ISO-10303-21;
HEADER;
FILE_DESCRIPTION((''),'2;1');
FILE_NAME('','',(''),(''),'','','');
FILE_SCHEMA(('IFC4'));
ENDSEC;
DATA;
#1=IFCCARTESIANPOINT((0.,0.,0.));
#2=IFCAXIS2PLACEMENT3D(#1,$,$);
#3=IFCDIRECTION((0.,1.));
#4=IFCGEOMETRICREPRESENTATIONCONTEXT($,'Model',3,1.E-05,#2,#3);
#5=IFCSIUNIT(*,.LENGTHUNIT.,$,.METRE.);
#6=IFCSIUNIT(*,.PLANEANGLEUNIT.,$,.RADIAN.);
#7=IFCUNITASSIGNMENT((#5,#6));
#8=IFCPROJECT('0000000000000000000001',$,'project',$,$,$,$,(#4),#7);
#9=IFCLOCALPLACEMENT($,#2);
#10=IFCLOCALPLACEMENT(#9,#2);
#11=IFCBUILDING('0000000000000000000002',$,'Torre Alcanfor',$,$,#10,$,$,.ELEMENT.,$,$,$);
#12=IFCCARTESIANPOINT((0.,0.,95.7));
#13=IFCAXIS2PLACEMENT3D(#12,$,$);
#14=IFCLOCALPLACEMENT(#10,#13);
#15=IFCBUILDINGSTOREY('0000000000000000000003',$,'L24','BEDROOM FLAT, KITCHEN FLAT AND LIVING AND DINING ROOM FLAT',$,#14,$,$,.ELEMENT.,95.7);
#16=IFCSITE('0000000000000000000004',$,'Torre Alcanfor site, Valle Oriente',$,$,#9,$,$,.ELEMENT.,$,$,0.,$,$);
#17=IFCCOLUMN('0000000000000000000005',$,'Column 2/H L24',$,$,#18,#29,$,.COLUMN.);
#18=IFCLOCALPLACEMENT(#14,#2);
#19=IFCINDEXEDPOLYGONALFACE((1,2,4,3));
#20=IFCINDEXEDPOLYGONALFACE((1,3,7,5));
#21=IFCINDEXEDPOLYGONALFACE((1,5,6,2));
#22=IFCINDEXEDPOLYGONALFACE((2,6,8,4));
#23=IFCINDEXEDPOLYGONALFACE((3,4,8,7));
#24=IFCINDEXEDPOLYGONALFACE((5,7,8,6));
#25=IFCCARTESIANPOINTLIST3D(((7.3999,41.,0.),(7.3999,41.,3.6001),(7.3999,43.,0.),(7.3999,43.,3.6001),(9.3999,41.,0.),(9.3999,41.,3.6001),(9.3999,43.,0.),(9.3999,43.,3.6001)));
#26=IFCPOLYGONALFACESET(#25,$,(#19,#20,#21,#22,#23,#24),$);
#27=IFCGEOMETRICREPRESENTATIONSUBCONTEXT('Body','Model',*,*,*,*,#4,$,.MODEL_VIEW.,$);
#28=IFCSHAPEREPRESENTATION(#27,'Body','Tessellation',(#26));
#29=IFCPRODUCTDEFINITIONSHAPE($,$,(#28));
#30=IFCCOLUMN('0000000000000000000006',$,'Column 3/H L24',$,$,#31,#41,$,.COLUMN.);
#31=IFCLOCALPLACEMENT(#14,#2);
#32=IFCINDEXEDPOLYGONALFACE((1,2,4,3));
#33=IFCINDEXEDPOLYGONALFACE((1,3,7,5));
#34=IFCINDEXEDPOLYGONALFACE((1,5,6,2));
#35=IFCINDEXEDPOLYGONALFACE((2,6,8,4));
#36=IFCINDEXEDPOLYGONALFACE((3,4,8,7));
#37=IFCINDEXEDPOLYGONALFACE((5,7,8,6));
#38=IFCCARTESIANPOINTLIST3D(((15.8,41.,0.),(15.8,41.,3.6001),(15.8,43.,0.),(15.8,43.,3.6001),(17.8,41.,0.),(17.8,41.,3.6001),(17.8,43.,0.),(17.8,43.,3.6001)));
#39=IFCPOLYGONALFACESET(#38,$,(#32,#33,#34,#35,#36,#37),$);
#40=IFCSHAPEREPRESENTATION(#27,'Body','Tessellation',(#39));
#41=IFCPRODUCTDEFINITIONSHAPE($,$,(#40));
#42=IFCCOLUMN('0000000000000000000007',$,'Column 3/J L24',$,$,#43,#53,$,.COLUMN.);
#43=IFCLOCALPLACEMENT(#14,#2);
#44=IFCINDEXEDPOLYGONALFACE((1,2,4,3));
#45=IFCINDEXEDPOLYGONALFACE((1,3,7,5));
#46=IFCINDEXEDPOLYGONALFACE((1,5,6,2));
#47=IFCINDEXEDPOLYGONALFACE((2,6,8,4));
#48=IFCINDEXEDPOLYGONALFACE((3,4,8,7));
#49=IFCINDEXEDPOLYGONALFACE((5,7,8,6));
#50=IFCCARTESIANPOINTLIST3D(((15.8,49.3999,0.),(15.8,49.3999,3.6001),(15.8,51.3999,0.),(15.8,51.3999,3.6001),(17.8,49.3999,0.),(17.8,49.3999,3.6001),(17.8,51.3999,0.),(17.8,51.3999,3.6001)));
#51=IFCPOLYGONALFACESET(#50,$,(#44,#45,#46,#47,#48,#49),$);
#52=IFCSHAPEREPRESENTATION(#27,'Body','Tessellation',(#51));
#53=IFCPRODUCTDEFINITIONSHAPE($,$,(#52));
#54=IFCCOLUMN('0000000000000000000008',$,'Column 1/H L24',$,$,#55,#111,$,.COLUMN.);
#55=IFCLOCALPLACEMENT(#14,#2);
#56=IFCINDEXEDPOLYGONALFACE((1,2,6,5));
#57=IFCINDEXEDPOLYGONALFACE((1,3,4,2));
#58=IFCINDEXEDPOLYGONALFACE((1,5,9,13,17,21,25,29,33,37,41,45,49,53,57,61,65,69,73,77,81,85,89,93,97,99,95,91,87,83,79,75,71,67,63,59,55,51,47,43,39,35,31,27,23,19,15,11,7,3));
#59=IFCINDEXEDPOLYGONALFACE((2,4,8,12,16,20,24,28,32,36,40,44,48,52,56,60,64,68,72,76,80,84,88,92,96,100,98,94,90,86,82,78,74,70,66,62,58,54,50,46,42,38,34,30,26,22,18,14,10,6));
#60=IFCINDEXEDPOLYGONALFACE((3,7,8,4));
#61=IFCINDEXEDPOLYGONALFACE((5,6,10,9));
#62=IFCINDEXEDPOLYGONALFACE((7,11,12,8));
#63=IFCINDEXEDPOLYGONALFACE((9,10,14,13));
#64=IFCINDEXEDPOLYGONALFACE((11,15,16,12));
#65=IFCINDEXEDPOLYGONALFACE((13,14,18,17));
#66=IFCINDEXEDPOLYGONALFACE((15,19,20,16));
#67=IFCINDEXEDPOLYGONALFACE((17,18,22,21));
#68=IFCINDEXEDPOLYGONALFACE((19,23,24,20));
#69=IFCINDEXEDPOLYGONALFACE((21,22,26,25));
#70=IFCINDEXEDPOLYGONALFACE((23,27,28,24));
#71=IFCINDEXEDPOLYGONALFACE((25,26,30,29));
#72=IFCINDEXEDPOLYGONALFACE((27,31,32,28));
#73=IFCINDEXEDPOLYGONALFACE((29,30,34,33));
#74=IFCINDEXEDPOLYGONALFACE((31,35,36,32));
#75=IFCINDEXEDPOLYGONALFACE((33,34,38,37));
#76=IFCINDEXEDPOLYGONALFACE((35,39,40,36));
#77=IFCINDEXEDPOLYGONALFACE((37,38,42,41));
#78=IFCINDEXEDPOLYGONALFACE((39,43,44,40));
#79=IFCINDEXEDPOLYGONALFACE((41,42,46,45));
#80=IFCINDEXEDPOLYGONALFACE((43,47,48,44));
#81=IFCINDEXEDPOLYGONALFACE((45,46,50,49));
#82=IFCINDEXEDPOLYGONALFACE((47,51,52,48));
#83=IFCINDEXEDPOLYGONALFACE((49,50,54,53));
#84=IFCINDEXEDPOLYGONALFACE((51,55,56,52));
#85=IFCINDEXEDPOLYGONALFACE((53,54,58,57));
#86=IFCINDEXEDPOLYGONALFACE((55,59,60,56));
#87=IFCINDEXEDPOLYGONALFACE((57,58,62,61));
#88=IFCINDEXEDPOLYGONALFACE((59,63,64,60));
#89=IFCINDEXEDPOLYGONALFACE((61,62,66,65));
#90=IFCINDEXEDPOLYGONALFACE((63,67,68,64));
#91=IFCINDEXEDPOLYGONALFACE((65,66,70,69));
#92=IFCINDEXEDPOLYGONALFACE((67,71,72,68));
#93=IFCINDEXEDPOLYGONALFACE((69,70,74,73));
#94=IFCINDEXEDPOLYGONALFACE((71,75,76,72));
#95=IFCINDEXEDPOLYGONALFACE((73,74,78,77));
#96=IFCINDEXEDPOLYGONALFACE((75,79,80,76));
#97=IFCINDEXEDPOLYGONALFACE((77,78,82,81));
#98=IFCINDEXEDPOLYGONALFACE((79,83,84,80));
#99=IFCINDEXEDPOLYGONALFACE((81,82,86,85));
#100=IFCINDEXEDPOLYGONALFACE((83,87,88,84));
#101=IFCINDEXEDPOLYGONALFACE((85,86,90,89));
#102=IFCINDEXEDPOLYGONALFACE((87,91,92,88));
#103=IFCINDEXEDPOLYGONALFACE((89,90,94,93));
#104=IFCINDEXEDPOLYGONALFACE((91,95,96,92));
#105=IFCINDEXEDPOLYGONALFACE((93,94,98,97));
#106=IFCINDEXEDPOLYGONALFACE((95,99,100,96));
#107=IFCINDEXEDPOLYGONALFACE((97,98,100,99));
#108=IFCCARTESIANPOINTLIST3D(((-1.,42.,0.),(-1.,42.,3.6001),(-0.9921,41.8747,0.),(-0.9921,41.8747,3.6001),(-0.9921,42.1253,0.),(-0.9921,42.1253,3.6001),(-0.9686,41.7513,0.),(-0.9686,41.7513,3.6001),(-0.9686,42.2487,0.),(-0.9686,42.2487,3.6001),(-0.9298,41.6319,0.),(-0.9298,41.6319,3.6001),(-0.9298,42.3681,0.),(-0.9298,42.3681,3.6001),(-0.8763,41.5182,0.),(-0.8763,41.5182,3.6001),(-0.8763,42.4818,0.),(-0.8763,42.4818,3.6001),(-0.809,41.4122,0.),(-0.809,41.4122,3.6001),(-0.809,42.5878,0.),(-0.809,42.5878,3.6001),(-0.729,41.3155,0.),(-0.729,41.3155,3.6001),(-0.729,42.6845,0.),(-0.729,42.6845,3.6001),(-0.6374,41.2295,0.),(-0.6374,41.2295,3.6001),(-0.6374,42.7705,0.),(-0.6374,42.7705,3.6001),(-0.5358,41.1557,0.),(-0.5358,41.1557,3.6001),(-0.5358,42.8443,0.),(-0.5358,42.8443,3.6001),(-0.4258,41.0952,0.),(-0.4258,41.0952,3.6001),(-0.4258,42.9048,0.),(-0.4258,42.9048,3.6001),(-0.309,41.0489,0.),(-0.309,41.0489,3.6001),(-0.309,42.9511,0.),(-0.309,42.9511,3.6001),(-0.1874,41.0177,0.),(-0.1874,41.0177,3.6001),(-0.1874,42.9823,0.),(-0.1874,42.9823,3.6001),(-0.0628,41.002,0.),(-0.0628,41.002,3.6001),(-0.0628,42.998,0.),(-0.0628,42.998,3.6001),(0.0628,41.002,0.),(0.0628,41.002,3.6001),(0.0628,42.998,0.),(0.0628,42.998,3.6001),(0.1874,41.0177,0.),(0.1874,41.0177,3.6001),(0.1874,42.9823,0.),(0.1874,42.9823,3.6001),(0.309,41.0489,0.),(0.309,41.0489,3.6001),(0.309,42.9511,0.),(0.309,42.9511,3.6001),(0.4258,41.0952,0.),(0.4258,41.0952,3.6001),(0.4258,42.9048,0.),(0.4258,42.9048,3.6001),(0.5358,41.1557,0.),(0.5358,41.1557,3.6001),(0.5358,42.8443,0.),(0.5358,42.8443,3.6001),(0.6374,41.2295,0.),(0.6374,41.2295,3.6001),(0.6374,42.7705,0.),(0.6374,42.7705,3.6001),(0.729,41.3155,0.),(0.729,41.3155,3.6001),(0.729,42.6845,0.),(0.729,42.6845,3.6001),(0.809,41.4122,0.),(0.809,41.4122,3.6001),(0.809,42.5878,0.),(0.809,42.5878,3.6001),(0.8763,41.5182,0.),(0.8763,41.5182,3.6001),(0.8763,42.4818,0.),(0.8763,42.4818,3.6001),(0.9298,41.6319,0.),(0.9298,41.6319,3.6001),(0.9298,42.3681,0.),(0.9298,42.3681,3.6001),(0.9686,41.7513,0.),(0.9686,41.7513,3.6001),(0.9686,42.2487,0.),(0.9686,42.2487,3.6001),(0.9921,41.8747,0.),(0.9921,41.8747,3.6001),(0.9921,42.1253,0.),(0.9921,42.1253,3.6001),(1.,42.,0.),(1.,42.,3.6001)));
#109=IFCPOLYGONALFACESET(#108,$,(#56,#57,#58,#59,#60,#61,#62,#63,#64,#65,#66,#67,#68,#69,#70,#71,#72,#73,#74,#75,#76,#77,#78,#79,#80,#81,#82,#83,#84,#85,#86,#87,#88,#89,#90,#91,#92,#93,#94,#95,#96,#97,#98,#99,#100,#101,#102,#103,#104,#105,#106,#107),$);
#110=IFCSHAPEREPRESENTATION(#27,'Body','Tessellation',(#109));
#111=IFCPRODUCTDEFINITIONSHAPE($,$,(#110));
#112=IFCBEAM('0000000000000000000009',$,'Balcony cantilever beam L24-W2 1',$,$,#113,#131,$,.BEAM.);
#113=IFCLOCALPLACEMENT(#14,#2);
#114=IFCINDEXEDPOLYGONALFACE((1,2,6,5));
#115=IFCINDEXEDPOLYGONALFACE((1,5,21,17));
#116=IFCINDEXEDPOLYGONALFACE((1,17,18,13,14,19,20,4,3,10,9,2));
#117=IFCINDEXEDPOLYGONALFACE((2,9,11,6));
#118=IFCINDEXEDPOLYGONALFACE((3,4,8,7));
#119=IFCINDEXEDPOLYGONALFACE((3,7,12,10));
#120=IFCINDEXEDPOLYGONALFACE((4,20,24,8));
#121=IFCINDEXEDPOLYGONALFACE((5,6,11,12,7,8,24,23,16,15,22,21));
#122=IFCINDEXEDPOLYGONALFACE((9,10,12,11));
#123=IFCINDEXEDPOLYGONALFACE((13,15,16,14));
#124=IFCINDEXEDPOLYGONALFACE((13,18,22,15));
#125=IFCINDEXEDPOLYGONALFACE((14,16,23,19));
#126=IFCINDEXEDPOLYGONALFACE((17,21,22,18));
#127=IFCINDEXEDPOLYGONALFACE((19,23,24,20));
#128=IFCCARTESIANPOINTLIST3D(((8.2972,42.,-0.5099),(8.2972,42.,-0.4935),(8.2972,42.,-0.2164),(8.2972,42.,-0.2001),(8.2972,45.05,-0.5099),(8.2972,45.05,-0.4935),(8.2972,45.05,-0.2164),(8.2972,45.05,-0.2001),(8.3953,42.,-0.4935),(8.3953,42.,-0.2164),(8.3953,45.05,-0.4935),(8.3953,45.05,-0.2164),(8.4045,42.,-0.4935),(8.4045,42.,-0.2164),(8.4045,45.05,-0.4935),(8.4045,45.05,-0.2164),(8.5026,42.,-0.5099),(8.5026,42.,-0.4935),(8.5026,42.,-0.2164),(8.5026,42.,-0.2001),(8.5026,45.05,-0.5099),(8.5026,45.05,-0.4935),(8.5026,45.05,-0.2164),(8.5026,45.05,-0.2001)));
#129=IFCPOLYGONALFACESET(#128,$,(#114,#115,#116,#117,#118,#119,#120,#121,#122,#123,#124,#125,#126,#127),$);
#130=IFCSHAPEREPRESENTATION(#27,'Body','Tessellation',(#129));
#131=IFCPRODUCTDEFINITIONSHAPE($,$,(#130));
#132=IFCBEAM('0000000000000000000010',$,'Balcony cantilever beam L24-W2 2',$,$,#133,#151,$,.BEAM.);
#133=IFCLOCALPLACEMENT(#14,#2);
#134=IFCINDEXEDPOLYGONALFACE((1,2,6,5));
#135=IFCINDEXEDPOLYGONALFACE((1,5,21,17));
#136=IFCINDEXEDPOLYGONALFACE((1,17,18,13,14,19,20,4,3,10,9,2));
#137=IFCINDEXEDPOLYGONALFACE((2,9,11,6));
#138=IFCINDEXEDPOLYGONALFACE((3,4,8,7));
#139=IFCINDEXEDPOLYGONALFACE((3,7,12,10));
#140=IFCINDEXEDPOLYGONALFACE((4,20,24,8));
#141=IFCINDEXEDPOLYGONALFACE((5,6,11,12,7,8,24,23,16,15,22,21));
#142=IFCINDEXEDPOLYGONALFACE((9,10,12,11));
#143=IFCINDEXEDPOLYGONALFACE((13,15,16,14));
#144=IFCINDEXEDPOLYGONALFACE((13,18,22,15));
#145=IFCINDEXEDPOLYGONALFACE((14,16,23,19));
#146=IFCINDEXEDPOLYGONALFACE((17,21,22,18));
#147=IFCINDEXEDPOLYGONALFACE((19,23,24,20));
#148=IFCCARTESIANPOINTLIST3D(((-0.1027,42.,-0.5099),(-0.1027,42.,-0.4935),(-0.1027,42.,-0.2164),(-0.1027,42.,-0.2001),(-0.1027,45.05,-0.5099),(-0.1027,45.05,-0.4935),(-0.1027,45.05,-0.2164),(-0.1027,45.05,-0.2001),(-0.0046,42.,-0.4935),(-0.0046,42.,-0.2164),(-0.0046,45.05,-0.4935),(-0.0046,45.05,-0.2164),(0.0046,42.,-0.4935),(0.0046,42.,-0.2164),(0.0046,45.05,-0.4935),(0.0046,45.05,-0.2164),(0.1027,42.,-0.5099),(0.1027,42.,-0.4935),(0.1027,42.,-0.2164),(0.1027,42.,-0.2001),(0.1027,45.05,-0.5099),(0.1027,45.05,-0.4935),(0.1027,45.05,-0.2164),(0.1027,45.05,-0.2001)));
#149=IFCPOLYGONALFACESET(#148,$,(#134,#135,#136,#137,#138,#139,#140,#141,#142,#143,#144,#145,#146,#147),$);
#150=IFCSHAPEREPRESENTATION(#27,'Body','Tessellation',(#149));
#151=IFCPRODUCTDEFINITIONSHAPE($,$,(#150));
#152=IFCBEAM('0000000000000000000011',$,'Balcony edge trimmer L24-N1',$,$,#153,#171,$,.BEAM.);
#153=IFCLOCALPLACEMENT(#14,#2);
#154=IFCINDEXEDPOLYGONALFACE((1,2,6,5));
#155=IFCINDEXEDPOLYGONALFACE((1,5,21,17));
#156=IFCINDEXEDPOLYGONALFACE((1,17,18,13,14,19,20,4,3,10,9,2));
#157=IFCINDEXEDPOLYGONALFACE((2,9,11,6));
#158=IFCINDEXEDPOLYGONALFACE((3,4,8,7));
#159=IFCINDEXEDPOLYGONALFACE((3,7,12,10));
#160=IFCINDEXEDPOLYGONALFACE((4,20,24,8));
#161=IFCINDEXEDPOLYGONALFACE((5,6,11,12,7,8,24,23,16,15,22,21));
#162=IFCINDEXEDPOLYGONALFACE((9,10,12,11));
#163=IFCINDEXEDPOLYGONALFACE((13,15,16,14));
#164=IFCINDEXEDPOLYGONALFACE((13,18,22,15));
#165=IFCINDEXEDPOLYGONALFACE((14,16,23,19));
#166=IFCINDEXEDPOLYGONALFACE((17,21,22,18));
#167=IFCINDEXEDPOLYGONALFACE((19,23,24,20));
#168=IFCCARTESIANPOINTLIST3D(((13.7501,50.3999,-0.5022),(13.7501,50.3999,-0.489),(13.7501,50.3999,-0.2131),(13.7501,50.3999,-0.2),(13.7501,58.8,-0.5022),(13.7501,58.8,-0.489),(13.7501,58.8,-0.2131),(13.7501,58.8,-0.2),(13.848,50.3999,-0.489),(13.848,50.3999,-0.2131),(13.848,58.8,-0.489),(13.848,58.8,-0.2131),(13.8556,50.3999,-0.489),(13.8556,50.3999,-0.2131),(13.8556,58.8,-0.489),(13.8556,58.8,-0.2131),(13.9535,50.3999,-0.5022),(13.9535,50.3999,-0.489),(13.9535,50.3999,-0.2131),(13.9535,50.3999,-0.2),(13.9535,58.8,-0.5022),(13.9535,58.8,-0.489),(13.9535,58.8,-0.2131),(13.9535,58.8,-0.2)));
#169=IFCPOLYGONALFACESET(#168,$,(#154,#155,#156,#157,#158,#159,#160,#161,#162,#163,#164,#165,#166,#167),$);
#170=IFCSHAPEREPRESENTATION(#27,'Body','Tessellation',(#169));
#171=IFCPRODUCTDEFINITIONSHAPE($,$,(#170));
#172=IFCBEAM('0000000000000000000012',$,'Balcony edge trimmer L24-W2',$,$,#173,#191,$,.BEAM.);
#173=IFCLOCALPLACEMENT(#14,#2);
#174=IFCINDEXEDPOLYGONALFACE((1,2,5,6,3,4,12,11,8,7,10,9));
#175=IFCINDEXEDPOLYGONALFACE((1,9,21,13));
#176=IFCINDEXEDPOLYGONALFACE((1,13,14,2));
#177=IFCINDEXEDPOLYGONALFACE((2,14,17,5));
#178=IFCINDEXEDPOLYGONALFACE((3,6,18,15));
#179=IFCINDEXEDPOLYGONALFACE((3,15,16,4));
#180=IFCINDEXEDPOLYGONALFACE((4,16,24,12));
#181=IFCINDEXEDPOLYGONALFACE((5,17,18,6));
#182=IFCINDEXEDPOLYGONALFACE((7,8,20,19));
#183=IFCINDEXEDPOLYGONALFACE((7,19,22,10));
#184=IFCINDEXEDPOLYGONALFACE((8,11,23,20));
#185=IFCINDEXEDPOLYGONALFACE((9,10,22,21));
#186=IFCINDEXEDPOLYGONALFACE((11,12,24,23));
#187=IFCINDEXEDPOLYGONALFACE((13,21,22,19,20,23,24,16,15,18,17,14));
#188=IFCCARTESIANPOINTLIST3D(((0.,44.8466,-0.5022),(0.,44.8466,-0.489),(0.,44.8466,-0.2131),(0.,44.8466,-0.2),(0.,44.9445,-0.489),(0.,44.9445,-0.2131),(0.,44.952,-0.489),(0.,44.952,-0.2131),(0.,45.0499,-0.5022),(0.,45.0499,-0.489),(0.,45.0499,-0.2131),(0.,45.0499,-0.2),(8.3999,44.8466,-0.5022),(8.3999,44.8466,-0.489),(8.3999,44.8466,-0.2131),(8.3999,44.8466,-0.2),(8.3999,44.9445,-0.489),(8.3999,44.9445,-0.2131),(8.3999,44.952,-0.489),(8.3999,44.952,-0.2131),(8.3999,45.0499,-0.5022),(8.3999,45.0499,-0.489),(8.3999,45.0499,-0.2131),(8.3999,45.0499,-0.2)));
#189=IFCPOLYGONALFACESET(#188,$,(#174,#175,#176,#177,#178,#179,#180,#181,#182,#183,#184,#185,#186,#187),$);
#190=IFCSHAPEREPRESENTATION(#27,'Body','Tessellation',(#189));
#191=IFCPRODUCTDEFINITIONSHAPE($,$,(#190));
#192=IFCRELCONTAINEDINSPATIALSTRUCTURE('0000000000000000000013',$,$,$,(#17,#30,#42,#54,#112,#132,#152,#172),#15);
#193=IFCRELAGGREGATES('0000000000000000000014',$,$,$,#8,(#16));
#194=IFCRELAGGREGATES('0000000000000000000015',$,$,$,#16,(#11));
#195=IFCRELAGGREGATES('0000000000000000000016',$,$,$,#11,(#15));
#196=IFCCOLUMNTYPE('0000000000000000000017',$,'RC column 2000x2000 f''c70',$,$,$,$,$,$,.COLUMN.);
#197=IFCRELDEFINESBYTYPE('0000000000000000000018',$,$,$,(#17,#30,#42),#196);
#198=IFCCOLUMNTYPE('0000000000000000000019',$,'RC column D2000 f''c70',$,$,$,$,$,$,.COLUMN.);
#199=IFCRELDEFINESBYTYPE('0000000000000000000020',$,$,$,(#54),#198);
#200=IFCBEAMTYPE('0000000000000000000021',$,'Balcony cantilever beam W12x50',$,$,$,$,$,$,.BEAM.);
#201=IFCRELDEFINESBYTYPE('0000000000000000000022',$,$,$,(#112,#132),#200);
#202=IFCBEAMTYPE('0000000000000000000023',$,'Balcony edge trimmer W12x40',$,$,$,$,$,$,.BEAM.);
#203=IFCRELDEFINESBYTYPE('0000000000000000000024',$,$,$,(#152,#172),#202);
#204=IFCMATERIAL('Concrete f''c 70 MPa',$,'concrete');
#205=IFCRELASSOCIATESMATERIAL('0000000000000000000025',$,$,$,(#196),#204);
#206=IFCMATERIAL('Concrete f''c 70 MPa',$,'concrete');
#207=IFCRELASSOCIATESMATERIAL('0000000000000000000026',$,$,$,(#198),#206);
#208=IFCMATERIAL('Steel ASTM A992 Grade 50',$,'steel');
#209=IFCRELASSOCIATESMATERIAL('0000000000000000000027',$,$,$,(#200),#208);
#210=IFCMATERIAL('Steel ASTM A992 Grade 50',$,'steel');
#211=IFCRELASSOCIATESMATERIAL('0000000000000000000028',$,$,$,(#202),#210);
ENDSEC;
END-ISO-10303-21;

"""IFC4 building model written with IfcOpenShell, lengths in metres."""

from ifc_helpers import new_model, si_unit, direction, frame, origin, origin_2d, place, context, subcontext, project, spatial, rectangle, circle, i_section, extrude, material, material_profile, profile_set, type_object, element, save


model = new_model("IFC4")

# Units and contexts
model_context = context("Model", 3, precision=1e-05, world=origin(), true_north=direction((0.0, 1.0)))
body_context = subcontext(model_context, "Body", "Model", "MODEL_VIEW")
ifc_project = project(units=[si_unit("LENGTHUNIT", "METRE"), si_unit("PLANEANGLEUNIT", "RADIAN")], contexts=[model_context])

# Site, building, storey
site_placement = place(None, origin())
site = spatial("IfcSite", under=ifc_project, at=site_placement, Name="Torre Alcanfor site, Valle Oriente", CompositionType="ELEMENT", RefElevation=0.0)
building_placement = place(site_placement, origin())
building = spatial("IfcBuilding", under=site, at=building_placement, Name="Torre Alcanfor", CompositionType="ELEMENT")
storey_placement = place(building_placement, frame((0.0, 0.0, 95.7)))
storey = spatial("IfcBuildingStorey", under=building, at=storey_placement, Name="L24", Description="BEDROOM FLAT, KITCHEN FLAT AND LIVING AND DINING ROOM FLAT", CompositionType="ELEMENT", Elevation=95.7)

# Columns
ifc_material_1 = material(Name="Concrete f'c 70 MPa", Category="concrete")
ifc_material_profile_1 = material_profile(ifc_material_1, rectangle(XDim=2.0, YDim=2.0, at=origin_2d()), Name="2000x2000")
ifc_profile_set_1 = profile_set([ifc_material_profile_1], Name="Concrete f'c 70 MPa")
column_type_1 = type_object("IfcColumnType", Name="RC column 2000x2000 f'c70", PredefinedType="COLUMN", material=ifc_profile_set_1)
for number, where, z_axis, x_axis, name in (
    (1, (8.3999, 42.0, 0.0), (0.0, 0.0, 1.0), (1.0, 0.0, 0.0), "Column 2/H L24"),
    (2, (16.8, 42.0, 0.0), (0.0, 0.0, 1.0), (1.0, 0.0, 0.0), "Column 3/H L24"),
    (3, (16.8, 50.3999, 0.0), (0.0, 0.0, 1.0), (1.0, 0.0, 0.0), "Column 3/J L24"),
):
    element("IfcColumn", number, at=place(storey_placement, frame(where, z_axis=z_axis, x_axis=x_axis)), inside=storey, type_object=column_type_1, Name=name, PredefinedType="COLUMN", context=body_context, shape_type="SweptSolid", body=[
        extrude(rectangle(XDim=2.0, YDim=2.0, at=origin_2d()), origin(), (0.0, 0.0, 1.0), 3.6001),
    ])
ifc_material_2 = material(Name="Concrete f'c 70 MPa", Category="concrete")
ifc_material_profile_2 = material_profile(ifc_material_2, circle(Radius=1.0, at=origin_2d()), Name="D2000")
ifc_profile_set_2 = profile_set([ifc_material_profile_2], Name="Concrete f'c 70 MPa")
column_type_2 = type_object("IfcColumnType", Name="RC column D2000 f'c70", PredefinedType="COLUMN", material=ifc_profile_set_2)
column_placement = place(storey_placement, frame((0.0, 42.0, 0.0), z_axis=(0.0, 0.0, 1.0), x_axis=(1.0, 0.0, 0.0)))
element("IfcColumn", 4, at=column_placement, inside=storey, type_object=column_type_2, Name="Column 1/H L24", PredefinedType="COLUMN", context=body_context, shape_type="SweptSolid", body=[
    extrude(circle(Radius=1.0, at=origin_2d()), origin(), (0.0, 0.0, 1.0), 3.6001),
])

# Beams
ifc_material_3 = material(Name="Steel ASTM A992 Grade 50", Category="steel")
ifc_material_profile_3 = material_profile(ifc_material_3, i_section(OverallWidth=0.2053, OverallDepth=0.3098, WebThickness=0.0093, FlangeThickness=0.0164, at=origin_2d()), Name="W12x50")
ifc_profile_set_3 = profile_set([ifc_material_profile_3], Name="Steel ASTM A992 Grade 50")
beam_type_1 = type_object("IfcBeamType", Name="Balcony cantilever beam W12x50", PredefinedType="BEAM", material=ifc_profile_set_3)
for number, where, z_axis, x_axis, name in (
    (5, (8.3999, 42.0, -0.355), (0.0, 1.0, 0.0), (-1.0, 0.0, 0.0), "Balcony cantilever beam L24-W2 1"),
    (6, (0.0, 42.0, -0.355), (0.0, 1.0, 0.0), (-1.0, 0.0, 0.0), "Balcony cantilever beam L24-W2 2"),
):
    element("IfcBeam", number, at=place(storey_placement, frame(where, z_axis=z_axis, x_axis=x_axis)), inside=storey, type_object=beam_type_1, Name=name, PredefinedType="BEAM", context=body_context, shape_type="SweptSolid", body=[
        extrude(i_section(OverallWidth=0.2053, OverallDepth=0.3098, WebThickness=0.0093, FlangeThickness=0.0164, at=origin_2d()), origin(), (0.0, 0.0, 1.0), 3.05),
    ])
ifc_material_4 = material(Name="Steel ASTM A992 Grade 50", Category="steel")
ifc_material_profile_4 = material_profile(ifc_material_4, i_section(OverallWidth=0.2034, OverallDepth=0.3022, WebThickness=0.0076, FlangeThickness=0.0132, at=origin_2d()), Name="W12x40")
ifc_profile_set_4 = profile_set([ifc_material_profile_4], Name="Steel ASTM A992 Grade 50")
beam_type_2 = type_object("IfcBeamType", Name="Balcony edge trimmer W12x40", PredefinedType="BEAM", material=ifc_profile_set_4)
beam_1_placement = place(storey_placement, frame((13.8518, 50.3999, -0.3511), z_axis=(0.0, 1.0, 0.0), x_axis=(-1.0, 0.0, 0.0)))
element("IfcBeam", 7, at=beam_1_placement, inside=storey, type_object=beam_type_2, Name="Balcony edge trimmer L24-N1", PredefinedType="BEAM", context=body_context, shape_type="SweptSolid", body=[
    extrude(i_section(OverallWidth=0.2034, OverallDepth=0.3022, WebThickness=0.0076, FlangeThickness=0.0132, at=origin_2d()), origin(), (0.0, 0.0, 1.0), 8.4001),
])
beam_2_placement = place(storey_placement, frame((8.3999, 44.9482, -0.3511), z_axis=(-1.0, 0.0, 0.0), x_axis=(0.0, -1.0, 0.0)))
element("IfcBeam", 8, at=beam_2_placement, inside=storey, type_object=beam_type_2, Name="Balcony edge trimmer L24-W2", PredefinedType="BEAM", context=body_context, shape_type="SweptSolid", body=[
    extrude(i_section(OverallWidth=0.2034, OverallDepth=0.3022, WebThickness=0.0076, FlangeThickness=0.0132, at=origin_2d()), origin(), (0.0, 0.0, 1.0), 8.3999),
])

save(model, "model.ifc")
